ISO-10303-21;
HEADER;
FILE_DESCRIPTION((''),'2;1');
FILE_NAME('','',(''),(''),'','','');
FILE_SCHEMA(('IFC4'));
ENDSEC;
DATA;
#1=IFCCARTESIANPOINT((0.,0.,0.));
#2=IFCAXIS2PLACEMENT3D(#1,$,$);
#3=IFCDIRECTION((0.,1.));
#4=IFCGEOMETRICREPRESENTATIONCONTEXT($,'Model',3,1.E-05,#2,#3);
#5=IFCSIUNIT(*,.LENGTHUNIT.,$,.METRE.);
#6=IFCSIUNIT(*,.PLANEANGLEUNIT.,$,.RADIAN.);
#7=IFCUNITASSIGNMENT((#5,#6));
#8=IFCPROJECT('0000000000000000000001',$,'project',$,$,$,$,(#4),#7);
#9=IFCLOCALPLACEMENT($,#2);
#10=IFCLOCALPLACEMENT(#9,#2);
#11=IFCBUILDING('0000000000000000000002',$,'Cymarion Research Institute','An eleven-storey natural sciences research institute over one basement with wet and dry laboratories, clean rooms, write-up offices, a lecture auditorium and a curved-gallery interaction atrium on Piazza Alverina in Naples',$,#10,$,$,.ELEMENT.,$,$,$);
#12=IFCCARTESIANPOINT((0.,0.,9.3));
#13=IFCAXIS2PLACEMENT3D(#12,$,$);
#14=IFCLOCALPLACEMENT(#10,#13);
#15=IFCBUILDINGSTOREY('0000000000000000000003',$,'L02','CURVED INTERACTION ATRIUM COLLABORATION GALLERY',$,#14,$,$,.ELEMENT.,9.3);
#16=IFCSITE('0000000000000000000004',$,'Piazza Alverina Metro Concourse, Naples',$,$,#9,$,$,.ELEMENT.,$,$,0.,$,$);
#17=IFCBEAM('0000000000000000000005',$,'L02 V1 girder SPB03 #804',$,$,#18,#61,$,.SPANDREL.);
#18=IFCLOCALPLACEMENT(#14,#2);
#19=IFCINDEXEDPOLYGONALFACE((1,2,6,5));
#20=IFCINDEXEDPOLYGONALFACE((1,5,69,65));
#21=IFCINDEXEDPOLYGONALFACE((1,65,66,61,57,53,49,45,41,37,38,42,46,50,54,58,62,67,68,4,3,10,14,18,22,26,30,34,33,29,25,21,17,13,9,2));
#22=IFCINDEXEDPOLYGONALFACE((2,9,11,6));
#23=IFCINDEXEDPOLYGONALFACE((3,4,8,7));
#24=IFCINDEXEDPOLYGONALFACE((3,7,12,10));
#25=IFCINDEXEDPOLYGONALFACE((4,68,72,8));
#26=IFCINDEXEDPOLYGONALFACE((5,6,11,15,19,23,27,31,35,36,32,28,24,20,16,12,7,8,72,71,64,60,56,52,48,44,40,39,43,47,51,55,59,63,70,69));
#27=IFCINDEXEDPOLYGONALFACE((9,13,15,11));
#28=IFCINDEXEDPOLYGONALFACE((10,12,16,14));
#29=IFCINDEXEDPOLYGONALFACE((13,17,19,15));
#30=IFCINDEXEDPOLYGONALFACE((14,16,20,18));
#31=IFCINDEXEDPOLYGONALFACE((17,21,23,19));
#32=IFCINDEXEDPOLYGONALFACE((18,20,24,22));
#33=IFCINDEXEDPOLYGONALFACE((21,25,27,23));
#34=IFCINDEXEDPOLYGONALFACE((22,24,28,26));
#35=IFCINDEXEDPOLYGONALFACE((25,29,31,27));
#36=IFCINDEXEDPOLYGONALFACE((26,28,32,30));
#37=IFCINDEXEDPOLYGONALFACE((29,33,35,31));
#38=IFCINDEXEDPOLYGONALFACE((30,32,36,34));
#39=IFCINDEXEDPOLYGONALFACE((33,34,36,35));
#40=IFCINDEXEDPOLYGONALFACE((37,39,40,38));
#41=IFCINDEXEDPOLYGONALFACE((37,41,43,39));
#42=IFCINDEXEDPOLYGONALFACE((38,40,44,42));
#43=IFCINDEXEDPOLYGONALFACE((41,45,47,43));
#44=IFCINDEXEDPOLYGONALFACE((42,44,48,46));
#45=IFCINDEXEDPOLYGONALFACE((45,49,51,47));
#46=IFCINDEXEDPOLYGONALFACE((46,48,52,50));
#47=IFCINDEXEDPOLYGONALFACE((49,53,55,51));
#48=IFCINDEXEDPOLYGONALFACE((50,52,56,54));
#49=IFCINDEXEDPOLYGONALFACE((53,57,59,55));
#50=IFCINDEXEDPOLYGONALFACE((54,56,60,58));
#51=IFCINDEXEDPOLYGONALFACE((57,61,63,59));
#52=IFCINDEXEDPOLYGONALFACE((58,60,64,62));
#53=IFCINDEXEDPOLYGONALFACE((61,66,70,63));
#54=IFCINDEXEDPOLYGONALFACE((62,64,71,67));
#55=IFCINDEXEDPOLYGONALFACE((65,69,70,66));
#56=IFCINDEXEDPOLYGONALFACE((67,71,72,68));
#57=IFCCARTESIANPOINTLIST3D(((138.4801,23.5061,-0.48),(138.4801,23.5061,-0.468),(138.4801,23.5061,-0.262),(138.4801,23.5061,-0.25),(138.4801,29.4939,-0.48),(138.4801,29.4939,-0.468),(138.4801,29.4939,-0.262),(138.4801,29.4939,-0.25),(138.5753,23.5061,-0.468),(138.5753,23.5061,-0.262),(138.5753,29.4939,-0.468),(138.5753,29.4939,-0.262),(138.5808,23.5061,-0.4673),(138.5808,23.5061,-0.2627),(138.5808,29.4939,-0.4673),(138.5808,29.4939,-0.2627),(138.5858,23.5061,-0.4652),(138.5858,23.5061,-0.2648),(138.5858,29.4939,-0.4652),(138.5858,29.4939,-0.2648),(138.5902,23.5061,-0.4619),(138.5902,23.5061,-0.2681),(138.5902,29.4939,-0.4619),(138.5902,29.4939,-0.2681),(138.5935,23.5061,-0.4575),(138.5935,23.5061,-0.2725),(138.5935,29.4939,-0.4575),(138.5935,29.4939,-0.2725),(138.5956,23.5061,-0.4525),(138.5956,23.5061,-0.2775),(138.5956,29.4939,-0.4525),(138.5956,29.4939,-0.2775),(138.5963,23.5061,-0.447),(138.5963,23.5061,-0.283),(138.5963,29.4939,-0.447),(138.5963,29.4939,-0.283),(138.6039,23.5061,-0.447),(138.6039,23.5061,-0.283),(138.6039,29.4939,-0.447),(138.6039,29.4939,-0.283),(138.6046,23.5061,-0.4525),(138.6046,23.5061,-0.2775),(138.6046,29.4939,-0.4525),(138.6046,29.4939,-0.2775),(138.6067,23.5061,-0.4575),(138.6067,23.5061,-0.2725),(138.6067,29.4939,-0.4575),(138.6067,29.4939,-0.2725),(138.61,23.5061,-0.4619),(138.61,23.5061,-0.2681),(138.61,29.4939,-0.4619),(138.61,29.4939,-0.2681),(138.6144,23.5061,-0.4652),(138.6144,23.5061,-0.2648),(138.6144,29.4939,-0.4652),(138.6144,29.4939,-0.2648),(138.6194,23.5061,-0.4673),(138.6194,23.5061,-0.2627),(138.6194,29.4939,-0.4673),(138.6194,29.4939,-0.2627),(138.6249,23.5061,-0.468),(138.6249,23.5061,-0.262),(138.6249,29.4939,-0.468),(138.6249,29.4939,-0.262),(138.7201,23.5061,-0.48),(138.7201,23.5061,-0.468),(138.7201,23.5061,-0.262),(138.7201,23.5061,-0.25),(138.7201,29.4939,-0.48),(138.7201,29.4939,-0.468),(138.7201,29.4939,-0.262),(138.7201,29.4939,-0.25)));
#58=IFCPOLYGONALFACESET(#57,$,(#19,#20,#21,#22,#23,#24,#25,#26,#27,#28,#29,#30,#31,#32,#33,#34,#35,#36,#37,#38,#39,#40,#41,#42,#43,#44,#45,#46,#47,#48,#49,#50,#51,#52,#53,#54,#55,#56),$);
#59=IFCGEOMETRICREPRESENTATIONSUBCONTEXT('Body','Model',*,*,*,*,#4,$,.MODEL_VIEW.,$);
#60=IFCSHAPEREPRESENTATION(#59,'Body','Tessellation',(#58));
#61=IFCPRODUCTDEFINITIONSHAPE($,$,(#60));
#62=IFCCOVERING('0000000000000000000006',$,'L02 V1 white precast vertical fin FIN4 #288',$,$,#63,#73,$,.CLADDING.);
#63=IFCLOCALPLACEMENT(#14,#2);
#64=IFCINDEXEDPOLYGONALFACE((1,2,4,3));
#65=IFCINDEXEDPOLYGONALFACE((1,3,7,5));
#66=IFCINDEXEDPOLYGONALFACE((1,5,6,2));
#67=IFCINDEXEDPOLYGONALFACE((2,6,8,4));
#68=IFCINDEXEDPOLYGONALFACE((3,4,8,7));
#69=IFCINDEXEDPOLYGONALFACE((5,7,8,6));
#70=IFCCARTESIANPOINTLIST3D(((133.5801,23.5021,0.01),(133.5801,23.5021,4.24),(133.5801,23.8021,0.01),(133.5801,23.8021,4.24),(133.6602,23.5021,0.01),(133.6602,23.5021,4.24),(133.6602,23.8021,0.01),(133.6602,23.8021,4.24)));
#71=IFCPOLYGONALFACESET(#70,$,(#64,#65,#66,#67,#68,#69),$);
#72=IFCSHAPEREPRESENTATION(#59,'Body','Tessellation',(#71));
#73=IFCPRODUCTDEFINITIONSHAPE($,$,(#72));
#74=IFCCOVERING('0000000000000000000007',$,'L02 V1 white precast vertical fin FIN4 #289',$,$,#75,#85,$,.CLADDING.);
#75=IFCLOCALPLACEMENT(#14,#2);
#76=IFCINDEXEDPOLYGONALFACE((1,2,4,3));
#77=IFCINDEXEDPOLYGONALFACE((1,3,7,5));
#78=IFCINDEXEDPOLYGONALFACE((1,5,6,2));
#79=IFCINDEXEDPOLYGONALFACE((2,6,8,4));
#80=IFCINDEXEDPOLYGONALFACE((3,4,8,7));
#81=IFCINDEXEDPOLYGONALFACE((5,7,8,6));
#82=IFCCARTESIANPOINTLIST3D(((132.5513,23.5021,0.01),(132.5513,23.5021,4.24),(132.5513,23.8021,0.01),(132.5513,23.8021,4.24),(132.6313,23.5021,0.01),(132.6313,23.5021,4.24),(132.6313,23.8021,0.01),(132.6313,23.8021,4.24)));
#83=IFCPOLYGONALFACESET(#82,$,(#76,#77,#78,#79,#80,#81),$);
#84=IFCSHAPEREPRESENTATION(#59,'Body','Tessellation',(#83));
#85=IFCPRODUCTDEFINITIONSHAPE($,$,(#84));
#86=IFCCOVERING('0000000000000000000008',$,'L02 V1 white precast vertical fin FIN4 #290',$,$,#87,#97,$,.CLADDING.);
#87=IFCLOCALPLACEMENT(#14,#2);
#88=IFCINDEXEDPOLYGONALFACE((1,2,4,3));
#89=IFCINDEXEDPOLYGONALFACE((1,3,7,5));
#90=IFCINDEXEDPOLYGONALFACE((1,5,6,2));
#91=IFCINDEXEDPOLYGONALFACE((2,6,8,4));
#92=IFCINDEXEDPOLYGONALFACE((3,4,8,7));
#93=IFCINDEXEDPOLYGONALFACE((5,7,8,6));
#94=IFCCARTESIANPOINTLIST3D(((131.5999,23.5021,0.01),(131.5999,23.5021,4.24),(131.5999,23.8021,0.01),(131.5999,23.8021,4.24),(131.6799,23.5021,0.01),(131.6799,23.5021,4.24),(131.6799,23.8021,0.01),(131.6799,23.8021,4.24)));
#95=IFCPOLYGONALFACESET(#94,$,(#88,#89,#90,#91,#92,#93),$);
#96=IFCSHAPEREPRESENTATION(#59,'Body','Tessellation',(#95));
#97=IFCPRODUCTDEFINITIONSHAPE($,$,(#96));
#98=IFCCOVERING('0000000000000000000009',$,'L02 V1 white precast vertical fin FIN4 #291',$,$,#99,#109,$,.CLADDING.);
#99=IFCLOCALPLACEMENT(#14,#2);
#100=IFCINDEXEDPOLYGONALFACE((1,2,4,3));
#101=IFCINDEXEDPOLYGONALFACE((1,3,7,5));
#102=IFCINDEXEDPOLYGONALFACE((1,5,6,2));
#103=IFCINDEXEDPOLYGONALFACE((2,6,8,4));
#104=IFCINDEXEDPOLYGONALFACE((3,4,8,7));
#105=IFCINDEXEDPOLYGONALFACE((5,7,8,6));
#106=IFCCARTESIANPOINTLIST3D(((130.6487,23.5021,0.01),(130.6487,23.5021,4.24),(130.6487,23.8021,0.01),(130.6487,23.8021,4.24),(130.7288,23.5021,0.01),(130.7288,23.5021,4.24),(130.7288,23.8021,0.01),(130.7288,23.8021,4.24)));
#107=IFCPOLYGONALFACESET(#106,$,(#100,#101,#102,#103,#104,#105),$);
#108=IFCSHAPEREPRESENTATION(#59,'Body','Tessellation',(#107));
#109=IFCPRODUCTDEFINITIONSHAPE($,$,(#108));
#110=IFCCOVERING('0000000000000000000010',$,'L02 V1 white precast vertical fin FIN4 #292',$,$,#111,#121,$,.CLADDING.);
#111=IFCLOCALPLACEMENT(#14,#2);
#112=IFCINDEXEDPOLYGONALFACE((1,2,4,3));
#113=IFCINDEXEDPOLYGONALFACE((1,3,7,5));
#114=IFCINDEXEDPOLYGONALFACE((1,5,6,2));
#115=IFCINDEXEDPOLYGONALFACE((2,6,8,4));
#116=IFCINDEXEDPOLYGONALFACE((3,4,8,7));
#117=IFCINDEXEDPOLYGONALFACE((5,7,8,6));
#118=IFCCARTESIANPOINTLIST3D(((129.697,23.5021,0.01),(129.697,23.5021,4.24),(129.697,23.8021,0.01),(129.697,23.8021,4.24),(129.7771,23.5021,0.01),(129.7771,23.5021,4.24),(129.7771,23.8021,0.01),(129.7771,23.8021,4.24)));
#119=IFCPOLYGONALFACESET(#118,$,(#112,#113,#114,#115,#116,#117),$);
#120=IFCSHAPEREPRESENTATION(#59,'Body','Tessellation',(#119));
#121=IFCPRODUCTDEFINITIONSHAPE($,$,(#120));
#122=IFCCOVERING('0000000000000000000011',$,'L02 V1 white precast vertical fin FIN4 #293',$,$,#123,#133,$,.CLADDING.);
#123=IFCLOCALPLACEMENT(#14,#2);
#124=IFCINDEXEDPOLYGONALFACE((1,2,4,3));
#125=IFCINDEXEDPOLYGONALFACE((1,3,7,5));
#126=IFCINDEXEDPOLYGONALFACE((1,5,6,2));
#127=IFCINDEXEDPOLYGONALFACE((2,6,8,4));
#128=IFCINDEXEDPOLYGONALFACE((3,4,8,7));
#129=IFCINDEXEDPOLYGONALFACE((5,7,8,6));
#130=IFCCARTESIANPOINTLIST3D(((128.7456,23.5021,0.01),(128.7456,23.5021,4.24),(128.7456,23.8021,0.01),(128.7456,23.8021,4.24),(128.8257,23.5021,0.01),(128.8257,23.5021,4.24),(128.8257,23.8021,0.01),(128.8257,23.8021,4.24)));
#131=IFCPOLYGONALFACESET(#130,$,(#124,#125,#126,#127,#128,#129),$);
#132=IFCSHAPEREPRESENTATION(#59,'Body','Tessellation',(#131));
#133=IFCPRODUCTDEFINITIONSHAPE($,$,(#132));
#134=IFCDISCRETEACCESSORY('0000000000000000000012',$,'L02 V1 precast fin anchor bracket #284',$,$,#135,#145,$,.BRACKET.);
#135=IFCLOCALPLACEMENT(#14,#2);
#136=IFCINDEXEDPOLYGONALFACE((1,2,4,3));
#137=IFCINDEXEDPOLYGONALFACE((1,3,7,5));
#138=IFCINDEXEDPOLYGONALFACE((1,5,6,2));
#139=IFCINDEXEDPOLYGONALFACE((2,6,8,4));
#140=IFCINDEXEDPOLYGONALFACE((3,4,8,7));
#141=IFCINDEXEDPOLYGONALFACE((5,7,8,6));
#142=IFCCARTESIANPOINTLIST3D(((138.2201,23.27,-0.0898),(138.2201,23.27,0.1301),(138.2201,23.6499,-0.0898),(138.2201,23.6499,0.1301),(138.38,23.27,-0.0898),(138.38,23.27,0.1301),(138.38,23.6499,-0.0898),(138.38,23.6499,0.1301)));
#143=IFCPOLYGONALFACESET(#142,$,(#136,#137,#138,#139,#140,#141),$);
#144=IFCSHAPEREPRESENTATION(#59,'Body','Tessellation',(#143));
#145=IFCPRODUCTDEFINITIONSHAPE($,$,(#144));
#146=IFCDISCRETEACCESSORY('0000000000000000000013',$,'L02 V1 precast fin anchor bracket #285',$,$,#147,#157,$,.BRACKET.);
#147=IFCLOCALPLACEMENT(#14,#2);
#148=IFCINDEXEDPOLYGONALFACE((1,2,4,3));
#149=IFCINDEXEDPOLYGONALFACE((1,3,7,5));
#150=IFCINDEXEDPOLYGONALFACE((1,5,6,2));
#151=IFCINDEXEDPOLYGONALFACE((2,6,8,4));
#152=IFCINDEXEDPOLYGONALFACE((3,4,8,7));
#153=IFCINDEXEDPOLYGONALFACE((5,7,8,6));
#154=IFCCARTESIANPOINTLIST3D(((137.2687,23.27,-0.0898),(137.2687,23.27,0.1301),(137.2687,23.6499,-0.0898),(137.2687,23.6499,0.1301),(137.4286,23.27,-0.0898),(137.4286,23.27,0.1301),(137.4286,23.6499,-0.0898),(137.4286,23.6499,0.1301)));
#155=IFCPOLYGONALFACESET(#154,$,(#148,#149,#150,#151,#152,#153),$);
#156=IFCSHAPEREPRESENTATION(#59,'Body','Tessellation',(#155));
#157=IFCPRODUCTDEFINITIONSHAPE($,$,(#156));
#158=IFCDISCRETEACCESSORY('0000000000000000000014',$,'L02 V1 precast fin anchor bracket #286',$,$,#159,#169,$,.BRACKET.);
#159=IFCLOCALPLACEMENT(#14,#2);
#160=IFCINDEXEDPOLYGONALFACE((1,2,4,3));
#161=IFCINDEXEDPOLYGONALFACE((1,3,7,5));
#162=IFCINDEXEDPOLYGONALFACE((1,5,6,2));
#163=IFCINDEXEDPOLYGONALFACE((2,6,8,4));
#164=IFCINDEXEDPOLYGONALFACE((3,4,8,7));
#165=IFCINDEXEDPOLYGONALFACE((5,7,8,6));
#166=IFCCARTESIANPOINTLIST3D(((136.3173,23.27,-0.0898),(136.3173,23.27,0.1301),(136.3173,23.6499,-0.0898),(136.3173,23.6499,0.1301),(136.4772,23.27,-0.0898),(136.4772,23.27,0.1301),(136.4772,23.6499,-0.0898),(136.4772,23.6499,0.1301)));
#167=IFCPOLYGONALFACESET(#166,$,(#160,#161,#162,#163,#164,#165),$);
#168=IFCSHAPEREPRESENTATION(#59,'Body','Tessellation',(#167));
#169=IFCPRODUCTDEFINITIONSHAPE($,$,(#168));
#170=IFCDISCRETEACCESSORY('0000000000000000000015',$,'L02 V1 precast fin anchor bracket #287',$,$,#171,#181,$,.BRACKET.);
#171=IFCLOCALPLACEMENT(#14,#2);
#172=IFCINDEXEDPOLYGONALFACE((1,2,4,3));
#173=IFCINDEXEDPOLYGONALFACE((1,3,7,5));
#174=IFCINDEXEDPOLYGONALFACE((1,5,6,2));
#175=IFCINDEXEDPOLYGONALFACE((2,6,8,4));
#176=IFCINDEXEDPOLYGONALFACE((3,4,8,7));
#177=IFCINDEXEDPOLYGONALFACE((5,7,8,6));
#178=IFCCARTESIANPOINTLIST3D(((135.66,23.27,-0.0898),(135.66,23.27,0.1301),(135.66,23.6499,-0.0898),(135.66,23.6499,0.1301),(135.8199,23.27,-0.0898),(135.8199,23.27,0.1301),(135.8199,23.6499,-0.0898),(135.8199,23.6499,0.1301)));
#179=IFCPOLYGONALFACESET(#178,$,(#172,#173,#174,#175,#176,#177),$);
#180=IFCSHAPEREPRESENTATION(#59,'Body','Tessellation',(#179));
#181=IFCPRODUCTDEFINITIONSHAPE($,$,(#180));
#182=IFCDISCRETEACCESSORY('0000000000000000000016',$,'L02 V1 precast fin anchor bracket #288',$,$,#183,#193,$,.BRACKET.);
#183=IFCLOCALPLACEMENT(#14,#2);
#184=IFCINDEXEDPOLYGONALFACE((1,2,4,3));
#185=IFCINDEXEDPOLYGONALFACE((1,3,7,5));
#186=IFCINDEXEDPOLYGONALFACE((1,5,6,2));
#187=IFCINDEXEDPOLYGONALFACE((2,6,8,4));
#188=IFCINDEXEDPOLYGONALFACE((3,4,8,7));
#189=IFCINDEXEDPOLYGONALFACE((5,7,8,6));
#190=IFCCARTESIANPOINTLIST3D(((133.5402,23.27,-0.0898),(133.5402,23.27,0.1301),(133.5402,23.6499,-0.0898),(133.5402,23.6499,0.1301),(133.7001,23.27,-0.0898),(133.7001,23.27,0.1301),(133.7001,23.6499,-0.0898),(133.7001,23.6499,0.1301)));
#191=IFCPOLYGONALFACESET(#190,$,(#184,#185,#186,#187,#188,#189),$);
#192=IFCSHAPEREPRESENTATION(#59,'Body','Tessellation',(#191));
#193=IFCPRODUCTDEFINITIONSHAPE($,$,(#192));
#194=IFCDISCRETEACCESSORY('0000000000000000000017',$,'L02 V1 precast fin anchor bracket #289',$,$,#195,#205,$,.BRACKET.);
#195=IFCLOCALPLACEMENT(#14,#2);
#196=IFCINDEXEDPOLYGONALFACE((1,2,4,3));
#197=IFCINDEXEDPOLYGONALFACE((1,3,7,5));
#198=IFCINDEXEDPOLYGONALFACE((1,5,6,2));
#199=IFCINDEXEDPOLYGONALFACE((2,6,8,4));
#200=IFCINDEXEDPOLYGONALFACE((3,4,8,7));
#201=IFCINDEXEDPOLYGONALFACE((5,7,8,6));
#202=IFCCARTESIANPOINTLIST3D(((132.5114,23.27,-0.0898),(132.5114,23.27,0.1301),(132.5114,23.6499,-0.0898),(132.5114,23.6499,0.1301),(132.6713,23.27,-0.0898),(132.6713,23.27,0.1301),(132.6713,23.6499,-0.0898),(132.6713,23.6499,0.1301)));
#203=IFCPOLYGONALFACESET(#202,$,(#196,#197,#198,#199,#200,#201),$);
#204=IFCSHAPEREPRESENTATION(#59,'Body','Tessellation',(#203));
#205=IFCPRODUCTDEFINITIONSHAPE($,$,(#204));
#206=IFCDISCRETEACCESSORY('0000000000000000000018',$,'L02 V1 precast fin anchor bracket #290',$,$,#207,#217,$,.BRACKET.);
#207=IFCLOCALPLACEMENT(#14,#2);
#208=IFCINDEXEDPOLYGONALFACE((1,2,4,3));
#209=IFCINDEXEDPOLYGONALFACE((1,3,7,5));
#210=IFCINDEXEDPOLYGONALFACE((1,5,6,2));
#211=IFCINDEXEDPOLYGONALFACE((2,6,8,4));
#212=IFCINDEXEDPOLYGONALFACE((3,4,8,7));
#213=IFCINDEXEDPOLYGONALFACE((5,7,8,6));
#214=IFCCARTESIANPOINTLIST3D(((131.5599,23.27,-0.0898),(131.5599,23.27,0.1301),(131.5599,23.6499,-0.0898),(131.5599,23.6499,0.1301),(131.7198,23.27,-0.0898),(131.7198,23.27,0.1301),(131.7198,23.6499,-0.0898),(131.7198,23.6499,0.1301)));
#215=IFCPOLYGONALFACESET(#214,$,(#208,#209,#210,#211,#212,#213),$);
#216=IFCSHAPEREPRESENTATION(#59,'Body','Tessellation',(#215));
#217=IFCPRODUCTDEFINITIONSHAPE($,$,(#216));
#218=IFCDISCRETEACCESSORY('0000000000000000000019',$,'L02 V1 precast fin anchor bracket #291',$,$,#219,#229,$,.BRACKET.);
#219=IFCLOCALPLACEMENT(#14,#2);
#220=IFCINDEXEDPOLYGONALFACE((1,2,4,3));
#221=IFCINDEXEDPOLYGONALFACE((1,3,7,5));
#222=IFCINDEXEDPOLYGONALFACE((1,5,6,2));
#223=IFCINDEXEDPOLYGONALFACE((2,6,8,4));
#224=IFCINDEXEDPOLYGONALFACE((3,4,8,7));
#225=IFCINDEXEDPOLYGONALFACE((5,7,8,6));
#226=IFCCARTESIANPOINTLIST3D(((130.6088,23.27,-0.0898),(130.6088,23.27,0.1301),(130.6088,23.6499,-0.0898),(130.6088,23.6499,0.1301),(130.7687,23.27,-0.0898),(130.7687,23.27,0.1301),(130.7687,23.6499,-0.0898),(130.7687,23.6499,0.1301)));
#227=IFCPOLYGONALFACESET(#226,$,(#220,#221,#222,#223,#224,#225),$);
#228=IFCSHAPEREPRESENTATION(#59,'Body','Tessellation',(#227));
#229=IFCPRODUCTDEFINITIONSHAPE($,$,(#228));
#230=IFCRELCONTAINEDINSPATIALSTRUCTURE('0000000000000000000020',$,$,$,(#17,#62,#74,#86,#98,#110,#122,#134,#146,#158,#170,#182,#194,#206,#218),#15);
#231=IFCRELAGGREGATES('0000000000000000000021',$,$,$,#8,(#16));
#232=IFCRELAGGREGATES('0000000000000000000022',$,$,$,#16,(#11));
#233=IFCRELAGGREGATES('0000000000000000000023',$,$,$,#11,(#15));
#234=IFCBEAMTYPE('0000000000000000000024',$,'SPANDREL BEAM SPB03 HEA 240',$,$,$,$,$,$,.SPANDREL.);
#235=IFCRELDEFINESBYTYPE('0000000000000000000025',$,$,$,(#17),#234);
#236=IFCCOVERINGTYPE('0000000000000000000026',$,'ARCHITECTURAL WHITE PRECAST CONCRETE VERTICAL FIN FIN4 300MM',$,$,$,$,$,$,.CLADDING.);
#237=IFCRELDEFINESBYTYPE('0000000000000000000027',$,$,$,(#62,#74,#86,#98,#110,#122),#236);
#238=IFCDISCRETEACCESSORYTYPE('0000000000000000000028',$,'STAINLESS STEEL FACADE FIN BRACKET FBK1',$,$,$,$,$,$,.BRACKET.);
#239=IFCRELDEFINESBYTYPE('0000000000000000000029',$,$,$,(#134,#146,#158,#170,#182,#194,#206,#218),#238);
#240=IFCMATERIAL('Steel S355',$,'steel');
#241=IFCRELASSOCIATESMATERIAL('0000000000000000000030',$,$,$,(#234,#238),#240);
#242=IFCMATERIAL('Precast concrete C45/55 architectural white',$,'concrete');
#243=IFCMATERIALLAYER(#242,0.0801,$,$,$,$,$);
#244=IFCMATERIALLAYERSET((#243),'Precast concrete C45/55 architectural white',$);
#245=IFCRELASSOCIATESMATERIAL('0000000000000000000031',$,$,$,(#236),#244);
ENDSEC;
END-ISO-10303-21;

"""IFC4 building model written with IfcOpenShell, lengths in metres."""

from ifc_helpers import new_model, si_unit, direction, frame, origin, origin_2d, place, context, subcontext, project, spatial, rectangle, i_section, extrude, material, layer, layer_set, material_profile, profile_set, type_object, element, save


model = new_model("IFC4")

# Units and contexts
model_context = context("Model", 3, precision=1e-05, world=origin(), true_north=direction((0.0, 1.0)))
body_context = subcontext(model_context, "Body", "Model", "MODEL_VIEW")
ifc_project = project(units=[si_unit("LENGTHUNIT", "METRE"), si_unit("PLANEANGLEUNIT", "RADIAN")], contexts=[model_context])

# Site, building, storey
site_placement = place(None, origin())
site = spatial("IfcSite", under=ifc_project, at=site_placement, Name="Piazza Alverina Metro Concourse, Naples", CompositionType="ELEMENT", RefElevation=0.0)
building_placement = place(site_placement, origin())
building = spatial("IfcBuilding", under=site, at=building_placement, Name="Cymarion Research Institute", Description="An eleven-storey natural sciences research institute over one basement with wet and dry laboratories, clean rooms, write-up offices, a lecture auditorium and a curved-gallery interaction atrium on Piazza Alverina in Naples", CompositionType="ELEMENT")
storey_placement = place(building_placement, frame((0.0, 0.0, 9.3)))
storey = spatial("IfcBuildingStorey", under=building, at=storey_placement, Name="L02", Description="CURVED INTERACTION ATRIUM COLLABORATION GALLERY", CompositionType="ELEMENT", Elevation=9.3)

# Shared definitions
ifc_material_1 = material(Name="Steel S355", Category="steel")

# Beam
ifc_material_profile_1 = material_profile(ifc_material_1, i_section(OverallWidth=0.24, OverallDepth=0.23, WebThickness=0.0076, FlangeThickness=0.012, FilletRadius=0.021, at=origin_2d()), Name="HEA 240")
ifc_profile_set_1 = profile_set([ifc_material_profile_1], Name="Steel S355")
beam_type_1 = type_object("IfcBeamType", Name="SPANDREL BEAM SPB03 HEA 240", PredefinedType="SPANDREL", material=ifc_profile_set_1)
for number, where, z_axis, x_axis, name in (
    (1, (138.6001, 23.5061, -0.365), (0.0, 1.0, 0.0), (-1.0, 0.0, 0.0), "L02 V1 girder SPB03 #804"),
):
    element("IfcBeam", number, at=place(storey_placement, frame(where, z_axis=z_axis, x_axis=x_axis)), inside=storey, type_object=beam_type_1, Name=name, PredefinedType="SPANDREL", context=body_context, shape_type="SweptSolid", body=[
        extrude(i_section(OverallWidth=0.24, OverallDepth=0.23, WebThickness=0.0076, FlangeThickness=0.012, FilletRadius=0.021, at=origin_2d()), origin(), (0.0, 0.0, 1.0), 5.9878),
    ])

# Coverings
ifc_material_2 = material(Name="Precast concrete C45/55 architectural white", Category="concrete")
ifc_layer = layer(ifc_material_2, 0.0801)
ifc_layer_set = layer_set([ifc_layer], Name="Precast concrete C45/55 architectural white")
covering_type = type_object("IfcCoveringType", Name="ARCHITECTURAL WHITE PRECAST CONCRETE VERTICAL FIN FIN4 300MM", PredefinedType="CLADDING", material=ifc_layer_set)
for number, where, z_axis, x_axis, name in (
    (2, (133.6201, 23.6521, 0.01), (0.0, 0.0, 1.0), (0.0, 1.0, 0.0), "L02 V1 white precast vertical fin FIN4 #288"),
    (3, (132.5913, 23.6521, 0.01), (0.0, 0.0, 1.0), (0.0, 1.0, 0.0), "L02 V1 white precast vertical fin FIN4 #289"),
    (4, (131.6399, 23.6521, 0.01), (0.0, 0.0, 1.0), (0.0, 1.0, 0.0), "L02 V1 white precast vertical fin FIN4 #290"),
    (5, (130.6887, 23.6521, 0.01), (0.0, 0.0, 1.0), (0.0, 1.0, 0.0), "L02 V1 white precast vertical fin FIN4 #291"),
    (6, (129.7371, 23.6521, 0.01), (0.0, 0.0, 1.0), (0.0, 1.0, 0.0), "L02 V1 white precast vertical fin FIN4 #292"),
    (7, (128.7856, 23.6521, 0.01), (0.0, 0.0, 1.0), (0.0, 1.0, 0.0), "L02 V1 white precast vertical fin FIN4 #293"),
):
    element("IfcCovering", number, at=place(storey_placement, frame(where, z_axis=z_axis, x_axis=x_axis)), inside=storey, type_object=covering_type, Name=name, PredefinedType="CLADDING", context=body_context, shape_type="SweptSolid", body=[
        extrude(rectangle(XDim=0.3, YDim=0.0801, at=origin_2d()), origin(), (0.0, 0.0, 1.0), 4.23),
    ])

# Discrete accessories
discrete_accessory_type = type_object("IfcDiscreteAccessoryType", Name="STAINLESS STEEL FACADE FIN BRACKET FBK1", PredefinedType="BRACKET", material=ifc_material_1)
for number, where, z_axis, x_axis, name in (
    (8, (138.3, 23.46, -0.0898), (0.0, 0.0, 1.0), (0.0, 1.0, 0.0), "L02 V1 precast fin anchor bracket #284"),
    (9, (137.3486, 23.46, -0.0898), (0.0, 0.0, 1.0), (0.0, 1.0, 0.0), "L02 V1 precast fin anchor bracket #285"),
    (10, (136.3972, 23.46, -0.0898), (0.0, 0.0, 1.0), (0.0, 1.0, 0.0), "L02 V1 precast fin anchor bracket #286"),
    (11, (135.74, 23.46, -0.0898), (0.0, 0.0, 1.0), (0.0, 1.0, 0.0), "L02 V1 precast fin anchor bracket #287"),
    (12, (133.6201, 23.46, -0.0898), (0.0, 0.0, 1.0), (0.0, 1.0, 0.0), "L02 V1 precast fin anchor bracket #288"),
    (13, (132.5913, 23.46, -0.0898), (0.0, 0.0, 1.0), (0.0, 1.0, 0.0), "L02 V1 precast fin anchor bracket #289"),
    (14, (131.6399, 23.46, -0.0898), (0.0, 0.0, 1.0), (0.0, 1.0, 0.0), "L02 V1 precast fin anchor bracket #290"),
    (15, (130.6887, 23.46, -0.0898), (0.0, 0.0, 1.0), (0.0, 1.0, 0.0), "L02 V1 precast fin anchor bracket #291"),
):
    element("IfcDiscreteAccessory", number, at=place(storey_placement, frame(where, z_axis=z_axis, x_axis=x_axis)), inside=storey, type_object=discrete_accessory_type, Name=name, PredefinedType="BRACKET", context=body_context, shape_type="SweptSolid", body=[
        extrude(rectangle(XDim=0.3799, YDim=0.1599, at=origin_2d()), origin(), (0.0, 0.0, 1.0), 0.22),
    ])

save(model, "model.ifc")
